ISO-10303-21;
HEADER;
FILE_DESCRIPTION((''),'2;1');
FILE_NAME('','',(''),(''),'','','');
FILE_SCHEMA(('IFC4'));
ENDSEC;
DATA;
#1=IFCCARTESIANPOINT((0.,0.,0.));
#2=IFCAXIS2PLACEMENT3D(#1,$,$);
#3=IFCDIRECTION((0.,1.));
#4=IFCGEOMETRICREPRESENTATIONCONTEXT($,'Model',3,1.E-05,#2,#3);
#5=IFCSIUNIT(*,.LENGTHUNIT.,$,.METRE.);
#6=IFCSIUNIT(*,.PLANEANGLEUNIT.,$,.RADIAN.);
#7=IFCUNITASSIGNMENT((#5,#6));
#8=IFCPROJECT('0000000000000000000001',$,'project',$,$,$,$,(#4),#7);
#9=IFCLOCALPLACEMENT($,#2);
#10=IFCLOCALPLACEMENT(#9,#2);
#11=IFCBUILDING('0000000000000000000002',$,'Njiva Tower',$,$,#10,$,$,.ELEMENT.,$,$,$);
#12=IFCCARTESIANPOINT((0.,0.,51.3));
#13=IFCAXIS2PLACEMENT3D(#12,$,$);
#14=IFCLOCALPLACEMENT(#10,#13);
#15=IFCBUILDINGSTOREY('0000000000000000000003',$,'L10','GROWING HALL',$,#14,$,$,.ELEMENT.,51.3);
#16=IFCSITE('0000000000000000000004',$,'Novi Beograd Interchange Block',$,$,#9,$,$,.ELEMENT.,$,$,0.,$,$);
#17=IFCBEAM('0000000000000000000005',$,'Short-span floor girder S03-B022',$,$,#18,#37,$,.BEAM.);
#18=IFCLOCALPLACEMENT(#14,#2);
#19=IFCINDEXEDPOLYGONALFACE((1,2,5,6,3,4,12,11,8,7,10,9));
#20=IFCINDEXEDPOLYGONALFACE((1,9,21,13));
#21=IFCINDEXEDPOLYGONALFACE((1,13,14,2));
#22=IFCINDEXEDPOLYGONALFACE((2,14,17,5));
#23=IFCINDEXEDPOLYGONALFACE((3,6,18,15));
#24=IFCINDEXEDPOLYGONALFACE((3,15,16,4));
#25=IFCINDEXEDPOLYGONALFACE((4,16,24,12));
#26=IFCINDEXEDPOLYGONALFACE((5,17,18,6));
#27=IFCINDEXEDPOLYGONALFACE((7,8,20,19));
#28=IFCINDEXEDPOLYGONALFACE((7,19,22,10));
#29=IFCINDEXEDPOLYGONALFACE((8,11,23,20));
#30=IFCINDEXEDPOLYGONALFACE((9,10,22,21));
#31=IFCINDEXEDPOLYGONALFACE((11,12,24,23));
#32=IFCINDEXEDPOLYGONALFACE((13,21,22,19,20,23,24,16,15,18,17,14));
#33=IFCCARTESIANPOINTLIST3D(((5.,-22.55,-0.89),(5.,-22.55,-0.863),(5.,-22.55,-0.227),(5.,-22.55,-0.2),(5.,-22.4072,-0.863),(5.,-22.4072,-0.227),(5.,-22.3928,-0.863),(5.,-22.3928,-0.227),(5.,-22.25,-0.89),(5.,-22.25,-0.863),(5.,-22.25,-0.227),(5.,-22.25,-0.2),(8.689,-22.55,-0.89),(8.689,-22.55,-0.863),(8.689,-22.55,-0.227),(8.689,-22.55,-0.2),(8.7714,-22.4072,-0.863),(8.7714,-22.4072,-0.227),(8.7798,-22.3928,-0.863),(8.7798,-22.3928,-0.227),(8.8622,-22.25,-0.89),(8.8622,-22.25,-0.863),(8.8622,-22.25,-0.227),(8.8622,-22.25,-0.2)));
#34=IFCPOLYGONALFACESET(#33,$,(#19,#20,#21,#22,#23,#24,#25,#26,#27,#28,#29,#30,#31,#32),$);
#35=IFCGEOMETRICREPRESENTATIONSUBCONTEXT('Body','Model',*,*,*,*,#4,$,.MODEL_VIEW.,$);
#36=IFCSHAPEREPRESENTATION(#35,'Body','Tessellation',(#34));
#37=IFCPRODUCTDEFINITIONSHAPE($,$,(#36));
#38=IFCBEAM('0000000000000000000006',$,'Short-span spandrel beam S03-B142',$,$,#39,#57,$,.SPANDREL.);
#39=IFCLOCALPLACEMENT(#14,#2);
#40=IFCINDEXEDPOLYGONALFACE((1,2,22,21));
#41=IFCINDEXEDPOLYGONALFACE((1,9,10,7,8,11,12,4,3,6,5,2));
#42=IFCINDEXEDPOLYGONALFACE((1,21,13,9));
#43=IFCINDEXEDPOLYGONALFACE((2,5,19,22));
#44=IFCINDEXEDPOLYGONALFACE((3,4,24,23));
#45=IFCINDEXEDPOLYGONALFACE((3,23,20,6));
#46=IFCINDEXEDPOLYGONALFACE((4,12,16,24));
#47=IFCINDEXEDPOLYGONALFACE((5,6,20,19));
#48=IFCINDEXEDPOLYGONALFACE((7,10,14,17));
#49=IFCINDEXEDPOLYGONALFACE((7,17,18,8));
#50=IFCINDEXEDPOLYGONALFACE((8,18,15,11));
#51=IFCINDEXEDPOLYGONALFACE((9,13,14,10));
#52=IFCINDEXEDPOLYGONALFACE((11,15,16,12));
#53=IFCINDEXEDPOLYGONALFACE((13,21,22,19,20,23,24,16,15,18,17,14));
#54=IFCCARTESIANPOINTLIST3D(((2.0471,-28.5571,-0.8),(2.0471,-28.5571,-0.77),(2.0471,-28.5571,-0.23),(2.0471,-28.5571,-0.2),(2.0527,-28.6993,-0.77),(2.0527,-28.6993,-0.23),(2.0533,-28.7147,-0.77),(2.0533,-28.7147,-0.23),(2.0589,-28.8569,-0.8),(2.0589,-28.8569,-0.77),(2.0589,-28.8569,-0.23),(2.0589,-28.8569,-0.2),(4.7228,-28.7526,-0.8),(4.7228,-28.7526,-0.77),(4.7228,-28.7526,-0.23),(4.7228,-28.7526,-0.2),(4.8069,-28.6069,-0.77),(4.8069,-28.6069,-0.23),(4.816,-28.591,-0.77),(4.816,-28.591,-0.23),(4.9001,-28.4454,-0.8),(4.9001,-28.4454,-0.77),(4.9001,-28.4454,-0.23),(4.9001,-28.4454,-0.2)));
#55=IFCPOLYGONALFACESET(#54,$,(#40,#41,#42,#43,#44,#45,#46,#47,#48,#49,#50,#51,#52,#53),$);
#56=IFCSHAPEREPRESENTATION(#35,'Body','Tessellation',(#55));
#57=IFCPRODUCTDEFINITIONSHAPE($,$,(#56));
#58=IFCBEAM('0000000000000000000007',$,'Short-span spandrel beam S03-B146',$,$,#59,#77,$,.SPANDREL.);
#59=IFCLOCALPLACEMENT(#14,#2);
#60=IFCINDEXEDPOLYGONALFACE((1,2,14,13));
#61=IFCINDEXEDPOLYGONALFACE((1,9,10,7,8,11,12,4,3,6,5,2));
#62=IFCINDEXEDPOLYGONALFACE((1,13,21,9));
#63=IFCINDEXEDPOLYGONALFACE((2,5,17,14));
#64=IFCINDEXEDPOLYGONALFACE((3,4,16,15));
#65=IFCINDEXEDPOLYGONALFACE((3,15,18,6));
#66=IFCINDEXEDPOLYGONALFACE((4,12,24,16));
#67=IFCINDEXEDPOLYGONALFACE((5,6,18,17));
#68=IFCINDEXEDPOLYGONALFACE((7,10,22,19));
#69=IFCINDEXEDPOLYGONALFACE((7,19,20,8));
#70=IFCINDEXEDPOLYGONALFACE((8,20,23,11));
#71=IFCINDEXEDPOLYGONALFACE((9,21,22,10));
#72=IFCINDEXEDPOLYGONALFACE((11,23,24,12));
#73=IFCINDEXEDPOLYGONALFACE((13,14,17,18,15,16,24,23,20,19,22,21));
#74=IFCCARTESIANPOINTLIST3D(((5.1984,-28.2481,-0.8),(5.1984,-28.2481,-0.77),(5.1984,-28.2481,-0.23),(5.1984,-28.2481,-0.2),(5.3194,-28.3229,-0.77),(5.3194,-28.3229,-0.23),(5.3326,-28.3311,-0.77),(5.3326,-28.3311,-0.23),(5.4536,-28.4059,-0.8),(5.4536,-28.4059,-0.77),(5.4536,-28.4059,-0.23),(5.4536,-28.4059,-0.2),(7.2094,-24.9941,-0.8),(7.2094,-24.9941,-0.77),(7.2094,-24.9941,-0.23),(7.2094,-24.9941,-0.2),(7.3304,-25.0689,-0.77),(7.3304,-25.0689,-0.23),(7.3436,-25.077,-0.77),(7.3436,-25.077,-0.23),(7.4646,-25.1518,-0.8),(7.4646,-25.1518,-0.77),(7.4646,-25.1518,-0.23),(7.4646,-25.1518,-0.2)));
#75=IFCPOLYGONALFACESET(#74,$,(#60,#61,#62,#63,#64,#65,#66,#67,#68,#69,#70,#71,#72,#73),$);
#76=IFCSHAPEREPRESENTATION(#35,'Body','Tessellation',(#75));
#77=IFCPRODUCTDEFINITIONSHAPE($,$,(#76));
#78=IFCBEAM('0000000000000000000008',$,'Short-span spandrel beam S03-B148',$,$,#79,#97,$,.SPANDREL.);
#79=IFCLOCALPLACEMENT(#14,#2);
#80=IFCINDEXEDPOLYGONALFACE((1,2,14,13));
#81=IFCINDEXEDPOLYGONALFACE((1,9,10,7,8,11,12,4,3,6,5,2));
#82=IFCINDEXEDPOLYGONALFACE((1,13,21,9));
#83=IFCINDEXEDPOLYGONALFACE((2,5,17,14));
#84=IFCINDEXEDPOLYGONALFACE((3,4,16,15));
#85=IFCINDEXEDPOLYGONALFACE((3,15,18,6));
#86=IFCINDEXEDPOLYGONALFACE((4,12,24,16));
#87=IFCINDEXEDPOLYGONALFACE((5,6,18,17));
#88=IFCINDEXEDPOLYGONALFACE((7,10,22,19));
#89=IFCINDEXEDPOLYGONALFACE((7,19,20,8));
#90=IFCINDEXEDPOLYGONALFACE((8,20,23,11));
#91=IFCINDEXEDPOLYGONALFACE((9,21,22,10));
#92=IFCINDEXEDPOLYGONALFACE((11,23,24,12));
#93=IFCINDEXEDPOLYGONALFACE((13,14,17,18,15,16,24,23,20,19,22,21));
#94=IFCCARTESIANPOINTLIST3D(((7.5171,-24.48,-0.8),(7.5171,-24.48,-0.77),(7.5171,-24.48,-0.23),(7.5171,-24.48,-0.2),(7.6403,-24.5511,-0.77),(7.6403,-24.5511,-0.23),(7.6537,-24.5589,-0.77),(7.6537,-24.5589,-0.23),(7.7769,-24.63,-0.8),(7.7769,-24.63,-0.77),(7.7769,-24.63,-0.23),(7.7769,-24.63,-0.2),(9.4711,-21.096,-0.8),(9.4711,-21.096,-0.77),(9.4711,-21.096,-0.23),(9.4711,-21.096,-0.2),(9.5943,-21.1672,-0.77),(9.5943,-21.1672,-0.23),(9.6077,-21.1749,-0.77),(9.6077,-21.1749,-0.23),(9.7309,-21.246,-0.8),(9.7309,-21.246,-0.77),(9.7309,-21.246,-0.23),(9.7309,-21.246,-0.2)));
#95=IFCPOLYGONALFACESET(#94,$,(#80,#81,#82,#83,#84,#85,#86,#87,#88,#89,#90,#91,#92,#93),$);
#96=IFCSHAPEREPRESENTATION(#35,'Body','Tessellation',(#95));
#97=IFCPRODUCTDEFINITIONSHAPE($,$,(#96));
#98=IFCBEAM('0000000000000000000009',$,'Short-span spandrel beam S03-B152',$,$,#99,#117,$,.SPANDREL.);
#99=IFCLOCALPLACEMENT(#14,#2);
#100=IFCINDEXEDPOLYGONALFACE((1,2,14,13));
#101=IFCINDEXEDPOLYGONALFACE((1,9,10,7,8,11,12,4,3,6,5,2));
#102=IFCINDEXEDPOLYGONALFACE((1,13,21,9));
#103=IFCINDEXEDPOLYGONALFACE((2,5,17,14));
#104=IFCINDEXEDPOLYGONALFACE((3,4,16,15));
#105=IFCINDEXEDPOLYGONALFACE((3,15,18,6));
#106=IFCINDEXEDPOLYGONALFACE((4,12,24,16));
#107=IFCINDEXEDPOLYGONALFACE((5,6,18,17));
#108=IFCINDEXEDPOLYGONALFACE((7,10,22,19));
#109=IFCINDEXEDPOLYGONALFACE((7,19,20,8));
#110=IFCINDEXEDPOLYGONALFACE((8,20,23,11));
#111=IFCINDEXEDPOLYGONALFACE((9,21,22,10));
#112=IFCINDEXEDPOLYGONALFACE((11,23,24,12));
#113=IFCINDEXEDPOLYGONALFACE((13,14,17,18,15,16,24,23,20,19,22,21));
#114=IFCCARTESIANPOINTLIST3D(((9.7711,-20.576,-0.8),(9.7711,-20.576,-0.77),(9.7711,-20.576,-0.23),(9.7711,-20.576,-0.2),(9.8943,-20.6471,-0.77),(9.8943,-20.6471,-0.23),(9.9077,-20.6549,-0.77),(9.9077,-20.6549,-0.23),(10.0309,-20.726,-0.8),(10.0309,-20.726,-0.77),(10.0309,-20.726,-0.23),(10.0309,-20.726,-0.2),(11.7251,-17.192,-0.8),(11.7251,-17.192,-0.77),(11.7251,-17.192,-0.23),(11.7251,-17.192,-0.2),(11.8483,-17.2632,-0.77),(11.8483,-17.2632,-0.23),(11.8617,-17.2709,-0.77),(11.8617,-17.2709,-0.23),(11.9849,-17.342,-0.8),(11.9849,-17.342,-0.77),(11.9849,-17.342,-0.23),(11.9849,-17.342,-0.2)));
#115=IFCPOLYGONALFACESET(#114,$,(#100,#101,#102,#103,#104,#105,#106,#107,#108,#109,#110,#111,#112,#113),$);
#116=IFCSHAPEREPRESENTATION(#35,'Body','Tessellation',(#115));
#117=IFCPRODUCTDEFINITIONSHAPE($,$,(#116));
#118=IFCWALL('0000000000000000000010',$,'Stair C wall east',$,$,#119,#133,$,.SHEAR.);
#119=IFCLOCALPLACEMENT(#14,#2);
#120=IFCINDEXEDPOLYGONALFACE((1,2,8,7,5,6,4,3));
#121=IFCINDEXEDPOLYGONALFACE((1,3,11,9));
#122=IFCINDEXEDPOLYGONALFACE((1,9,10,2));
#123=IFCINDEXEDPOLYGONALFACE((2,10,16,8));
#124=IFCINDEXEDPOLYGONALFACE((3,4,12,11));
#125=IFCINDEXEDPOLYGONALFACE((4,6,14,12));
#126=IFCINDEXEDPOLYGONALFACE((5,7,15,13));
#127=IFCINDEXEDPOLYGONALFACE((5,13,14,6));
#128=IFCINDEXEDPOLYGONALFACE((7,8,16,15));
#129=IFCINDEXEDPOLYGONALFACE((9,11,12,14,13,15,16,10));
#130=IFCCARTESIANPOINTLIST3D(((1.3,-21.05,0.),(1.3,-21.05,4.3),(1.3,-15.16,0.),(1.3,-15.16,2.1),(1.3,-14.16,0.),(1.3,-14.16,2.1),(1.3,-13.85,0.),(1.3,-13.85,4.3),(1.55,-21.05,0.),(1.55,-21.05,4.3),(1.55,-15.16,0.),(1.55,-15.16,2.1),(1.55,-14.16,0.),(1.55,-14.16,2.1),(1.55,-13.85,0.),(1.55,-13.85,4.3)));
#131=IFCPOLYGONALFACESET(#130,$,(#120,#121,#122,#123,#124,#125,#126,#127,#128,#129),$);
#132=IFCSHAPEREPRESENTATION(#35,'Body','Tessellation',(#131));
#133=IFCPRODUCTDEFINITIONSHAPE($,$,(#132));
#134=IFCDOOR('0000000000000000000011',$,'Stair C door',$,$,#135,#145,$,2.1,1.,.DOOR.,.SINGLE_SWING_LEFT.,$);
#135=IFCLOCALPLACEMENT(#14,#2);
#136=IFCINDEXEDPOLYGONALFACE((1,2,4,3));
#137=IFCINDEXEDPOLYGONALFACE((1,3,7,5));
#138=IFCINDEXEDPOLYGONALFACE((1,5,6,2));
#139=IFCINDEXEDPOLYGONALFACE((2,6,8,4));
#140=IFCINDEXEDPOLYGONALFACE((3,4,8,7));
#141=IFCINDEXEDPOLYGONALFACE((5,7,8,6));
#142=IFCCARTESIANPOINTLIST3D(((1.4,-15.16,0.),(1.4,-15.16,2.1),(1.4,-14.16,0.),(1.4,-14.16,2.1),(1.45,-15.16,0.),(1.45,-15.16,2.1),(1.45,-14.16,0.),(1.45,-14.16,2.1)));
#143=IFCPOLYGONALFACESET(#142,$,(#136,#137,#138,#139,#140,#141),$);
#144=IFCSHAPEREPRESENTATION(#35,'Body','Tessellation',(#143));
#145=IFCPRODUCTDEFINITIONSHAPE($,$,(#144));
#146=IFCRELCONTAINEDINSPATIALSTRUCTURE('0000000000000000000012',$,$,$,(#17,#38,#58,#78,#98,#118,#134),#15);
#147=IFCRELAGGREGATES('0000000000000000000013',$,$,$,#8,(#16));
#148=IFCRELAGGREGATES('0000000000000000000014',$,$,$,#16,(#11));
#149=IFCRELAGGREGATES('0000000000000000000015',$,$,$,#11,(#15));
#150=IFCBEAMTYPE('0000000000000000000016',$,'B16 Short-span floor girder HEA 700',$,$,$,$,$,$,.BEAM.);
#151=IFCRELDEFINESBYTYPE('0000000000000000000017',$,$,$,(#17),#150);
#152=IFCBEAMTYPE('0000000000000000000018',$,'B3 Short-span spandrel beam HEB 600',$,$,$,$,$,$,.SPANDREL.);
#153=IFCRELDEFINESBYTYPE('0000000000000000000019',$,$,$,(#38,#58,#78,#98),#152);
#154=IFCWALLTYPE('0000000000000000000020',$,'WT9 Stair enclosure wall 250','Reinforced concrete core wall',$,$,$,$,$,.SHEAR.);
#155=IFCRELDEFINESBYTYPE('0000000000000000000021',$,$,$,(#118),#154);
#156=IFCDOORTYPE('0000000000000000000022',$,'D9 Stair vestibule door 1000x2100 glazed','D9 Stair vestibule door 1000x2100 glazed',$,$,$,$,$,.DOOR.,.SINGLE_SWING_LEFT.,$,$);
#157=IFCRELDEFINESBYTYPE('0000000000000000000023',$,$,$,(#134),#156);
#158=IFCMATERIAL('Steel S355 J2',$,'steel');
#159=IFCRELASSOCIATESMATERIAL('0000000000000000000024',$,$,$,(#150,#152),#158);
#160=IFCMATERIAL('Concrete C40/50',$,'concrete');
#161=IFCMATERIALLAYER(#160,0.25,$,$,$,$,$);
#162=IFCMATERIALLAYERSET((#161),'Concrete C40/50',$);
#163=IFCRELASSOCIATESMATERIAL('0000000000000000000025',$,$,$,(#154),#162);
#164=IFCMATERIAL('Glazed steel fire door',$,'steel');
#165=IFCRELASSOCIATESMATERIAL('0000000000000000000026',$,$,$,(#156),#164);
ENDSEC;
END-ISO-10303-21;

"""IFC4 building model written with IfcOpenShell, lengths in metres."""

from ifc_helpers import new_model, si_unit, direction, frame, frame_2d, origin, origin_2d, place, context, subcontext, project, spatial, rectangle, i_section, extrude, clip, halfspace, material, layer, layer_set, material_profile, profile_set, type_object, element, fill, save


model = new_model("IFC4")

# Units and contexts
model_context = context("Model", 3, precision=1e-05, world=origin(), true_north=direction((0.0, 1.0)))
body_context = subcontext(model_context, "Body", "Model", "MODEL_VIEW")
ifc_project = project(units=[si_unit("LENGTHUNIT", "METRE"), si_unit("PLANEANGLEUNIT", "RADIAN")], contexts=[model_context])

# Site, building, storey
site_placement = place(None, origin())
site = spatial("IfcSite", under=ifc_project, at=site_placement, Name="Novi Beograd Interchange Block", CompositionType="ELEMENT", RefElevation=0.0)
building_placement = place(site_placement, origin())
building = spatial("IfcBuilding", under=site, at=building_placement, Name="Njiva Tower", CompositionType="ELEMENT")
storey_placement = place(building_placement, frame((0.0, 0.0, 51.3)))
storey = spatial("IfcBuildingStorey", under=building, at=storey_placement, Name="L10", Description="GROWING HALL", CompositionType="ELEMENT", Elevation=51.3)

# Shared definitions
ifc_material_1 = material(Name="Steel S355 J2", Category="steel")

# Beams
ifc_material_profile_1 = material_profile(ifc_material_1, i_section(OverallWidth=0.3, OverallDepth=0.69, WebThickness=0.0145, FlangeThickness=0.027, at=origin_2d()), Name="HEA 700")
ifc_profile_set_1 = profile_set([ifc_material_profile_1], Name="Steel S355 J2")
beam_type_1 = type_object("IfcBeamType", Name="B16 Short-span floor girder HEA 700", PredefinedType="BEAM", material=ifc_profile_set_1)
beam_1_placement = place(storey_placement, frame((5.0, -22.4, -0.545), z_axis=(1.0, 0.0, 0.0), x_axis=(0.0, 1.0, 0.0)))
element("IfcBeam", 1, at=beam_1_placement, inside=storey, type_object=beam_type_1, Name="Short-span floor girder S03-B022", PredefinedType="BEAM", context=body_context, shape_type="Clipping", body=[
    clip(extrude(i_section(OverallWidth=0.3, OverallDepth=0.69, WebThickness=0.0145, FlangeThickness=0.027, at=origin_2d()), origin(), (0.0, 0.0, 1.0), 3.883), halfspace(frame((-0.025, 0.0, 3.7612), z_axis=(-0.499998, 0.0, 0.866027), x_axis=(0.0, 1.0, 0.0)), False)),
])
ifc_material_profile_2 = material_profile(ifc_material_1, i_section(OverallWidth=0.3, OverallDepth=0.6, WebThickness=0.0155, FlangeThickness=0.03, at=origin_2d()), Name="HEB 600")
ifc_profile_set_2 = profile_set([ifc_material_profile_2], Name="Steel S355 J2")
beam_type_2 = type_object("IfcBeamType", Name="B3 Short-span spandrel beam HEB 600", PredefinedType="SPANDREL", material=ifc_profile_set_2)
beam_2_placement = place(storey_placement, frame((2.053, -28.707, -0.5), z_axis=(0.999234, 0.039129, 0.0), x_axis=(-0.039129, 0.999234, 0.0)))
element("IfcBeam", 2, at=beam_2_placement, inside=storey, type_object=beam_type_2, Name="Short-span spandrel beam S03-B142", PredefinedType="SPANDREL", context=body_context, shape_type="Clipping", body=[
    clip(extrude(i_section(OverallWidth=0.3, OverallDepth=0.6, WebThickness=0.0155, FlangeThickness=0.03, at=origin_2d()), origin(), (0.0, 0.0, 1.0), 2.8751), halfspace(frame((-0.0269, 0.0, 2.7436), z_axis=(-0.533502, 0.0, 0.845799), x_axis=(0.0, 1.0, 0.0)), False)),
])
beam_3_placement = place(storey_placement, frame((5.326, -28.327, -0.5), z_axis=(0.525715, 0.85066, 0.0), x_axis=(-0.85066, 0.525715, 0.0)))
element("IfcBeam", 3, at=beam_3_placement, inside=storey, type_object=beam_type_2, Name="Short-span spandrel beam S03-B146", PredefinedType="SPANDREL", context=body_context, shape_type="SweptSolid", body=[
    extrude(i_section(OverallWidth=0.3, OverallDepth=0.6, WebThickness=0.0155, FlangeThickness=0.03, at=origin_2d()), origin(), (0.0, 0.0, 1.0), 3.8253),
])
for number, where, z_axis, x_axis, name in (
    (4, (7.647, -24.555, -0.5), (0.500047, 0.865998, 0.0), (-0.865998, 0.500047, 0.0), "Short-span spandrel beam S03-B148"),
    (5, (9.901, -20.651, -0.5), (0.500047, 0.865998, 0.0), (-0.865998, 0.500047, 0.0), "Short-span spandrel beam S03-B152"),
):
    element("IfcBeam", number, at=place(storey_placement, frame(where, z_axis=z_axis, x_axis=x_axis)), inside=storey, type_object=beam_type_2, Name=name, PredefinedType="SPANDREL", context=body_context, shape_type="SweptSolid", body=[
        extrude(i_section(OverallWidth=0.3, OverallDepth=0.6, WebThickness=0.0155, FlangeThickness=0.03, at=origin_2d()), origin(), (0.0, 0.0, 1.0), 3.9076),
    ])

# Wall, opening, door
ifc_material_2 = material(Name="Concrete C40/50", Category="concrete")
ifc_layer_1 = layer(ifc_material_2, 0.25)
ifc_layer_set_1 = layer_set([ifc_layer_1], Name="Concrete C40/50")
wall_type_1 = type_object("IfcWallType", Name="WT9 Stair enclosure wall 250", Description="Reinforced concrete core wall", PredefinedType="SHEAR", material=ifc_layer_set_1)
wall_1_placement = place(storey_placement, frame((1.425, -21.05, 0.0), z_axis=(0.0, 0.0, 1.0), x_axis=(0.0, 1.0, 0.0)))
wall_1 = element("IfcWall", 6, at=wall_1_placement, inside=storey, type_object=wall_type_1, Name="Stair C wall east", PredefinedType="SHEAR", context=body_context, shape_type="SweptSolid", body=[
    extrude(rectangle(XDim=7.2, YDim=0.25, at=frame_2d((3.6, 0.0))), origin(), (0.0, 0.0, 1.0), 4.3),
])
opening_1_placement = place(wall_1_placement, frame((5.89, 0.0, 0.0)))
opening_1 = element("IfcOpeningElement", 7, at=opening_1_placement, cuts=wall_1, PredefinedType="OPENING", context=body_context, shape_type="SweptSolid", body=[
    extrude(rectangle(XDim=1.0, YDim=2.1, at=frame_2d((0.5, 1.05))), frame((0.0, 0.135, 0.0), z_axis=(0.0, -1.0, 0.0), x_axis=(1.0, 0.0, 0.0)), (0.0, 0.0, 1.0), 0.27),
])
ifc_material_3 = material(Name="Glazed steel fire door", Category="steel")
door_type = type_object("IfcDoorType", Name="D9 Stair vestibule door 1000x2100 glazed", Description="D9 Stair vestibule door 1000x2100 glazed", OperationType="SINGLE_SWING_LEFT", PredefinedType="DOOR", material=ifc_material_3)
door_placement = place(opening_1_placement, origin())
door = element("IfcDoor", 8, at=door_placement, inside=storey, type_object=door_type, Name="Stair C door", OperationType="SINGLE_SWING_LEFT", OverallHeight=2.1, OverallWidth=1.0, PredefinedType="DOOR", context=body_context, shape_type="SweptSolid", body=[
    extrude(rectangle(XDim=1.0, YDim=2.1, at=frame_2d((0.5, 1.05))), frame((0.0, 0.025, 0.0), z_axis=(0.0, -1.0, 0.0), x_axis=(1.0, 0.0, 0.0)), (0.0, 0.0, 1.0), 0.05),
])
fill(opening_1, door)

save(model, "model.ifc")
